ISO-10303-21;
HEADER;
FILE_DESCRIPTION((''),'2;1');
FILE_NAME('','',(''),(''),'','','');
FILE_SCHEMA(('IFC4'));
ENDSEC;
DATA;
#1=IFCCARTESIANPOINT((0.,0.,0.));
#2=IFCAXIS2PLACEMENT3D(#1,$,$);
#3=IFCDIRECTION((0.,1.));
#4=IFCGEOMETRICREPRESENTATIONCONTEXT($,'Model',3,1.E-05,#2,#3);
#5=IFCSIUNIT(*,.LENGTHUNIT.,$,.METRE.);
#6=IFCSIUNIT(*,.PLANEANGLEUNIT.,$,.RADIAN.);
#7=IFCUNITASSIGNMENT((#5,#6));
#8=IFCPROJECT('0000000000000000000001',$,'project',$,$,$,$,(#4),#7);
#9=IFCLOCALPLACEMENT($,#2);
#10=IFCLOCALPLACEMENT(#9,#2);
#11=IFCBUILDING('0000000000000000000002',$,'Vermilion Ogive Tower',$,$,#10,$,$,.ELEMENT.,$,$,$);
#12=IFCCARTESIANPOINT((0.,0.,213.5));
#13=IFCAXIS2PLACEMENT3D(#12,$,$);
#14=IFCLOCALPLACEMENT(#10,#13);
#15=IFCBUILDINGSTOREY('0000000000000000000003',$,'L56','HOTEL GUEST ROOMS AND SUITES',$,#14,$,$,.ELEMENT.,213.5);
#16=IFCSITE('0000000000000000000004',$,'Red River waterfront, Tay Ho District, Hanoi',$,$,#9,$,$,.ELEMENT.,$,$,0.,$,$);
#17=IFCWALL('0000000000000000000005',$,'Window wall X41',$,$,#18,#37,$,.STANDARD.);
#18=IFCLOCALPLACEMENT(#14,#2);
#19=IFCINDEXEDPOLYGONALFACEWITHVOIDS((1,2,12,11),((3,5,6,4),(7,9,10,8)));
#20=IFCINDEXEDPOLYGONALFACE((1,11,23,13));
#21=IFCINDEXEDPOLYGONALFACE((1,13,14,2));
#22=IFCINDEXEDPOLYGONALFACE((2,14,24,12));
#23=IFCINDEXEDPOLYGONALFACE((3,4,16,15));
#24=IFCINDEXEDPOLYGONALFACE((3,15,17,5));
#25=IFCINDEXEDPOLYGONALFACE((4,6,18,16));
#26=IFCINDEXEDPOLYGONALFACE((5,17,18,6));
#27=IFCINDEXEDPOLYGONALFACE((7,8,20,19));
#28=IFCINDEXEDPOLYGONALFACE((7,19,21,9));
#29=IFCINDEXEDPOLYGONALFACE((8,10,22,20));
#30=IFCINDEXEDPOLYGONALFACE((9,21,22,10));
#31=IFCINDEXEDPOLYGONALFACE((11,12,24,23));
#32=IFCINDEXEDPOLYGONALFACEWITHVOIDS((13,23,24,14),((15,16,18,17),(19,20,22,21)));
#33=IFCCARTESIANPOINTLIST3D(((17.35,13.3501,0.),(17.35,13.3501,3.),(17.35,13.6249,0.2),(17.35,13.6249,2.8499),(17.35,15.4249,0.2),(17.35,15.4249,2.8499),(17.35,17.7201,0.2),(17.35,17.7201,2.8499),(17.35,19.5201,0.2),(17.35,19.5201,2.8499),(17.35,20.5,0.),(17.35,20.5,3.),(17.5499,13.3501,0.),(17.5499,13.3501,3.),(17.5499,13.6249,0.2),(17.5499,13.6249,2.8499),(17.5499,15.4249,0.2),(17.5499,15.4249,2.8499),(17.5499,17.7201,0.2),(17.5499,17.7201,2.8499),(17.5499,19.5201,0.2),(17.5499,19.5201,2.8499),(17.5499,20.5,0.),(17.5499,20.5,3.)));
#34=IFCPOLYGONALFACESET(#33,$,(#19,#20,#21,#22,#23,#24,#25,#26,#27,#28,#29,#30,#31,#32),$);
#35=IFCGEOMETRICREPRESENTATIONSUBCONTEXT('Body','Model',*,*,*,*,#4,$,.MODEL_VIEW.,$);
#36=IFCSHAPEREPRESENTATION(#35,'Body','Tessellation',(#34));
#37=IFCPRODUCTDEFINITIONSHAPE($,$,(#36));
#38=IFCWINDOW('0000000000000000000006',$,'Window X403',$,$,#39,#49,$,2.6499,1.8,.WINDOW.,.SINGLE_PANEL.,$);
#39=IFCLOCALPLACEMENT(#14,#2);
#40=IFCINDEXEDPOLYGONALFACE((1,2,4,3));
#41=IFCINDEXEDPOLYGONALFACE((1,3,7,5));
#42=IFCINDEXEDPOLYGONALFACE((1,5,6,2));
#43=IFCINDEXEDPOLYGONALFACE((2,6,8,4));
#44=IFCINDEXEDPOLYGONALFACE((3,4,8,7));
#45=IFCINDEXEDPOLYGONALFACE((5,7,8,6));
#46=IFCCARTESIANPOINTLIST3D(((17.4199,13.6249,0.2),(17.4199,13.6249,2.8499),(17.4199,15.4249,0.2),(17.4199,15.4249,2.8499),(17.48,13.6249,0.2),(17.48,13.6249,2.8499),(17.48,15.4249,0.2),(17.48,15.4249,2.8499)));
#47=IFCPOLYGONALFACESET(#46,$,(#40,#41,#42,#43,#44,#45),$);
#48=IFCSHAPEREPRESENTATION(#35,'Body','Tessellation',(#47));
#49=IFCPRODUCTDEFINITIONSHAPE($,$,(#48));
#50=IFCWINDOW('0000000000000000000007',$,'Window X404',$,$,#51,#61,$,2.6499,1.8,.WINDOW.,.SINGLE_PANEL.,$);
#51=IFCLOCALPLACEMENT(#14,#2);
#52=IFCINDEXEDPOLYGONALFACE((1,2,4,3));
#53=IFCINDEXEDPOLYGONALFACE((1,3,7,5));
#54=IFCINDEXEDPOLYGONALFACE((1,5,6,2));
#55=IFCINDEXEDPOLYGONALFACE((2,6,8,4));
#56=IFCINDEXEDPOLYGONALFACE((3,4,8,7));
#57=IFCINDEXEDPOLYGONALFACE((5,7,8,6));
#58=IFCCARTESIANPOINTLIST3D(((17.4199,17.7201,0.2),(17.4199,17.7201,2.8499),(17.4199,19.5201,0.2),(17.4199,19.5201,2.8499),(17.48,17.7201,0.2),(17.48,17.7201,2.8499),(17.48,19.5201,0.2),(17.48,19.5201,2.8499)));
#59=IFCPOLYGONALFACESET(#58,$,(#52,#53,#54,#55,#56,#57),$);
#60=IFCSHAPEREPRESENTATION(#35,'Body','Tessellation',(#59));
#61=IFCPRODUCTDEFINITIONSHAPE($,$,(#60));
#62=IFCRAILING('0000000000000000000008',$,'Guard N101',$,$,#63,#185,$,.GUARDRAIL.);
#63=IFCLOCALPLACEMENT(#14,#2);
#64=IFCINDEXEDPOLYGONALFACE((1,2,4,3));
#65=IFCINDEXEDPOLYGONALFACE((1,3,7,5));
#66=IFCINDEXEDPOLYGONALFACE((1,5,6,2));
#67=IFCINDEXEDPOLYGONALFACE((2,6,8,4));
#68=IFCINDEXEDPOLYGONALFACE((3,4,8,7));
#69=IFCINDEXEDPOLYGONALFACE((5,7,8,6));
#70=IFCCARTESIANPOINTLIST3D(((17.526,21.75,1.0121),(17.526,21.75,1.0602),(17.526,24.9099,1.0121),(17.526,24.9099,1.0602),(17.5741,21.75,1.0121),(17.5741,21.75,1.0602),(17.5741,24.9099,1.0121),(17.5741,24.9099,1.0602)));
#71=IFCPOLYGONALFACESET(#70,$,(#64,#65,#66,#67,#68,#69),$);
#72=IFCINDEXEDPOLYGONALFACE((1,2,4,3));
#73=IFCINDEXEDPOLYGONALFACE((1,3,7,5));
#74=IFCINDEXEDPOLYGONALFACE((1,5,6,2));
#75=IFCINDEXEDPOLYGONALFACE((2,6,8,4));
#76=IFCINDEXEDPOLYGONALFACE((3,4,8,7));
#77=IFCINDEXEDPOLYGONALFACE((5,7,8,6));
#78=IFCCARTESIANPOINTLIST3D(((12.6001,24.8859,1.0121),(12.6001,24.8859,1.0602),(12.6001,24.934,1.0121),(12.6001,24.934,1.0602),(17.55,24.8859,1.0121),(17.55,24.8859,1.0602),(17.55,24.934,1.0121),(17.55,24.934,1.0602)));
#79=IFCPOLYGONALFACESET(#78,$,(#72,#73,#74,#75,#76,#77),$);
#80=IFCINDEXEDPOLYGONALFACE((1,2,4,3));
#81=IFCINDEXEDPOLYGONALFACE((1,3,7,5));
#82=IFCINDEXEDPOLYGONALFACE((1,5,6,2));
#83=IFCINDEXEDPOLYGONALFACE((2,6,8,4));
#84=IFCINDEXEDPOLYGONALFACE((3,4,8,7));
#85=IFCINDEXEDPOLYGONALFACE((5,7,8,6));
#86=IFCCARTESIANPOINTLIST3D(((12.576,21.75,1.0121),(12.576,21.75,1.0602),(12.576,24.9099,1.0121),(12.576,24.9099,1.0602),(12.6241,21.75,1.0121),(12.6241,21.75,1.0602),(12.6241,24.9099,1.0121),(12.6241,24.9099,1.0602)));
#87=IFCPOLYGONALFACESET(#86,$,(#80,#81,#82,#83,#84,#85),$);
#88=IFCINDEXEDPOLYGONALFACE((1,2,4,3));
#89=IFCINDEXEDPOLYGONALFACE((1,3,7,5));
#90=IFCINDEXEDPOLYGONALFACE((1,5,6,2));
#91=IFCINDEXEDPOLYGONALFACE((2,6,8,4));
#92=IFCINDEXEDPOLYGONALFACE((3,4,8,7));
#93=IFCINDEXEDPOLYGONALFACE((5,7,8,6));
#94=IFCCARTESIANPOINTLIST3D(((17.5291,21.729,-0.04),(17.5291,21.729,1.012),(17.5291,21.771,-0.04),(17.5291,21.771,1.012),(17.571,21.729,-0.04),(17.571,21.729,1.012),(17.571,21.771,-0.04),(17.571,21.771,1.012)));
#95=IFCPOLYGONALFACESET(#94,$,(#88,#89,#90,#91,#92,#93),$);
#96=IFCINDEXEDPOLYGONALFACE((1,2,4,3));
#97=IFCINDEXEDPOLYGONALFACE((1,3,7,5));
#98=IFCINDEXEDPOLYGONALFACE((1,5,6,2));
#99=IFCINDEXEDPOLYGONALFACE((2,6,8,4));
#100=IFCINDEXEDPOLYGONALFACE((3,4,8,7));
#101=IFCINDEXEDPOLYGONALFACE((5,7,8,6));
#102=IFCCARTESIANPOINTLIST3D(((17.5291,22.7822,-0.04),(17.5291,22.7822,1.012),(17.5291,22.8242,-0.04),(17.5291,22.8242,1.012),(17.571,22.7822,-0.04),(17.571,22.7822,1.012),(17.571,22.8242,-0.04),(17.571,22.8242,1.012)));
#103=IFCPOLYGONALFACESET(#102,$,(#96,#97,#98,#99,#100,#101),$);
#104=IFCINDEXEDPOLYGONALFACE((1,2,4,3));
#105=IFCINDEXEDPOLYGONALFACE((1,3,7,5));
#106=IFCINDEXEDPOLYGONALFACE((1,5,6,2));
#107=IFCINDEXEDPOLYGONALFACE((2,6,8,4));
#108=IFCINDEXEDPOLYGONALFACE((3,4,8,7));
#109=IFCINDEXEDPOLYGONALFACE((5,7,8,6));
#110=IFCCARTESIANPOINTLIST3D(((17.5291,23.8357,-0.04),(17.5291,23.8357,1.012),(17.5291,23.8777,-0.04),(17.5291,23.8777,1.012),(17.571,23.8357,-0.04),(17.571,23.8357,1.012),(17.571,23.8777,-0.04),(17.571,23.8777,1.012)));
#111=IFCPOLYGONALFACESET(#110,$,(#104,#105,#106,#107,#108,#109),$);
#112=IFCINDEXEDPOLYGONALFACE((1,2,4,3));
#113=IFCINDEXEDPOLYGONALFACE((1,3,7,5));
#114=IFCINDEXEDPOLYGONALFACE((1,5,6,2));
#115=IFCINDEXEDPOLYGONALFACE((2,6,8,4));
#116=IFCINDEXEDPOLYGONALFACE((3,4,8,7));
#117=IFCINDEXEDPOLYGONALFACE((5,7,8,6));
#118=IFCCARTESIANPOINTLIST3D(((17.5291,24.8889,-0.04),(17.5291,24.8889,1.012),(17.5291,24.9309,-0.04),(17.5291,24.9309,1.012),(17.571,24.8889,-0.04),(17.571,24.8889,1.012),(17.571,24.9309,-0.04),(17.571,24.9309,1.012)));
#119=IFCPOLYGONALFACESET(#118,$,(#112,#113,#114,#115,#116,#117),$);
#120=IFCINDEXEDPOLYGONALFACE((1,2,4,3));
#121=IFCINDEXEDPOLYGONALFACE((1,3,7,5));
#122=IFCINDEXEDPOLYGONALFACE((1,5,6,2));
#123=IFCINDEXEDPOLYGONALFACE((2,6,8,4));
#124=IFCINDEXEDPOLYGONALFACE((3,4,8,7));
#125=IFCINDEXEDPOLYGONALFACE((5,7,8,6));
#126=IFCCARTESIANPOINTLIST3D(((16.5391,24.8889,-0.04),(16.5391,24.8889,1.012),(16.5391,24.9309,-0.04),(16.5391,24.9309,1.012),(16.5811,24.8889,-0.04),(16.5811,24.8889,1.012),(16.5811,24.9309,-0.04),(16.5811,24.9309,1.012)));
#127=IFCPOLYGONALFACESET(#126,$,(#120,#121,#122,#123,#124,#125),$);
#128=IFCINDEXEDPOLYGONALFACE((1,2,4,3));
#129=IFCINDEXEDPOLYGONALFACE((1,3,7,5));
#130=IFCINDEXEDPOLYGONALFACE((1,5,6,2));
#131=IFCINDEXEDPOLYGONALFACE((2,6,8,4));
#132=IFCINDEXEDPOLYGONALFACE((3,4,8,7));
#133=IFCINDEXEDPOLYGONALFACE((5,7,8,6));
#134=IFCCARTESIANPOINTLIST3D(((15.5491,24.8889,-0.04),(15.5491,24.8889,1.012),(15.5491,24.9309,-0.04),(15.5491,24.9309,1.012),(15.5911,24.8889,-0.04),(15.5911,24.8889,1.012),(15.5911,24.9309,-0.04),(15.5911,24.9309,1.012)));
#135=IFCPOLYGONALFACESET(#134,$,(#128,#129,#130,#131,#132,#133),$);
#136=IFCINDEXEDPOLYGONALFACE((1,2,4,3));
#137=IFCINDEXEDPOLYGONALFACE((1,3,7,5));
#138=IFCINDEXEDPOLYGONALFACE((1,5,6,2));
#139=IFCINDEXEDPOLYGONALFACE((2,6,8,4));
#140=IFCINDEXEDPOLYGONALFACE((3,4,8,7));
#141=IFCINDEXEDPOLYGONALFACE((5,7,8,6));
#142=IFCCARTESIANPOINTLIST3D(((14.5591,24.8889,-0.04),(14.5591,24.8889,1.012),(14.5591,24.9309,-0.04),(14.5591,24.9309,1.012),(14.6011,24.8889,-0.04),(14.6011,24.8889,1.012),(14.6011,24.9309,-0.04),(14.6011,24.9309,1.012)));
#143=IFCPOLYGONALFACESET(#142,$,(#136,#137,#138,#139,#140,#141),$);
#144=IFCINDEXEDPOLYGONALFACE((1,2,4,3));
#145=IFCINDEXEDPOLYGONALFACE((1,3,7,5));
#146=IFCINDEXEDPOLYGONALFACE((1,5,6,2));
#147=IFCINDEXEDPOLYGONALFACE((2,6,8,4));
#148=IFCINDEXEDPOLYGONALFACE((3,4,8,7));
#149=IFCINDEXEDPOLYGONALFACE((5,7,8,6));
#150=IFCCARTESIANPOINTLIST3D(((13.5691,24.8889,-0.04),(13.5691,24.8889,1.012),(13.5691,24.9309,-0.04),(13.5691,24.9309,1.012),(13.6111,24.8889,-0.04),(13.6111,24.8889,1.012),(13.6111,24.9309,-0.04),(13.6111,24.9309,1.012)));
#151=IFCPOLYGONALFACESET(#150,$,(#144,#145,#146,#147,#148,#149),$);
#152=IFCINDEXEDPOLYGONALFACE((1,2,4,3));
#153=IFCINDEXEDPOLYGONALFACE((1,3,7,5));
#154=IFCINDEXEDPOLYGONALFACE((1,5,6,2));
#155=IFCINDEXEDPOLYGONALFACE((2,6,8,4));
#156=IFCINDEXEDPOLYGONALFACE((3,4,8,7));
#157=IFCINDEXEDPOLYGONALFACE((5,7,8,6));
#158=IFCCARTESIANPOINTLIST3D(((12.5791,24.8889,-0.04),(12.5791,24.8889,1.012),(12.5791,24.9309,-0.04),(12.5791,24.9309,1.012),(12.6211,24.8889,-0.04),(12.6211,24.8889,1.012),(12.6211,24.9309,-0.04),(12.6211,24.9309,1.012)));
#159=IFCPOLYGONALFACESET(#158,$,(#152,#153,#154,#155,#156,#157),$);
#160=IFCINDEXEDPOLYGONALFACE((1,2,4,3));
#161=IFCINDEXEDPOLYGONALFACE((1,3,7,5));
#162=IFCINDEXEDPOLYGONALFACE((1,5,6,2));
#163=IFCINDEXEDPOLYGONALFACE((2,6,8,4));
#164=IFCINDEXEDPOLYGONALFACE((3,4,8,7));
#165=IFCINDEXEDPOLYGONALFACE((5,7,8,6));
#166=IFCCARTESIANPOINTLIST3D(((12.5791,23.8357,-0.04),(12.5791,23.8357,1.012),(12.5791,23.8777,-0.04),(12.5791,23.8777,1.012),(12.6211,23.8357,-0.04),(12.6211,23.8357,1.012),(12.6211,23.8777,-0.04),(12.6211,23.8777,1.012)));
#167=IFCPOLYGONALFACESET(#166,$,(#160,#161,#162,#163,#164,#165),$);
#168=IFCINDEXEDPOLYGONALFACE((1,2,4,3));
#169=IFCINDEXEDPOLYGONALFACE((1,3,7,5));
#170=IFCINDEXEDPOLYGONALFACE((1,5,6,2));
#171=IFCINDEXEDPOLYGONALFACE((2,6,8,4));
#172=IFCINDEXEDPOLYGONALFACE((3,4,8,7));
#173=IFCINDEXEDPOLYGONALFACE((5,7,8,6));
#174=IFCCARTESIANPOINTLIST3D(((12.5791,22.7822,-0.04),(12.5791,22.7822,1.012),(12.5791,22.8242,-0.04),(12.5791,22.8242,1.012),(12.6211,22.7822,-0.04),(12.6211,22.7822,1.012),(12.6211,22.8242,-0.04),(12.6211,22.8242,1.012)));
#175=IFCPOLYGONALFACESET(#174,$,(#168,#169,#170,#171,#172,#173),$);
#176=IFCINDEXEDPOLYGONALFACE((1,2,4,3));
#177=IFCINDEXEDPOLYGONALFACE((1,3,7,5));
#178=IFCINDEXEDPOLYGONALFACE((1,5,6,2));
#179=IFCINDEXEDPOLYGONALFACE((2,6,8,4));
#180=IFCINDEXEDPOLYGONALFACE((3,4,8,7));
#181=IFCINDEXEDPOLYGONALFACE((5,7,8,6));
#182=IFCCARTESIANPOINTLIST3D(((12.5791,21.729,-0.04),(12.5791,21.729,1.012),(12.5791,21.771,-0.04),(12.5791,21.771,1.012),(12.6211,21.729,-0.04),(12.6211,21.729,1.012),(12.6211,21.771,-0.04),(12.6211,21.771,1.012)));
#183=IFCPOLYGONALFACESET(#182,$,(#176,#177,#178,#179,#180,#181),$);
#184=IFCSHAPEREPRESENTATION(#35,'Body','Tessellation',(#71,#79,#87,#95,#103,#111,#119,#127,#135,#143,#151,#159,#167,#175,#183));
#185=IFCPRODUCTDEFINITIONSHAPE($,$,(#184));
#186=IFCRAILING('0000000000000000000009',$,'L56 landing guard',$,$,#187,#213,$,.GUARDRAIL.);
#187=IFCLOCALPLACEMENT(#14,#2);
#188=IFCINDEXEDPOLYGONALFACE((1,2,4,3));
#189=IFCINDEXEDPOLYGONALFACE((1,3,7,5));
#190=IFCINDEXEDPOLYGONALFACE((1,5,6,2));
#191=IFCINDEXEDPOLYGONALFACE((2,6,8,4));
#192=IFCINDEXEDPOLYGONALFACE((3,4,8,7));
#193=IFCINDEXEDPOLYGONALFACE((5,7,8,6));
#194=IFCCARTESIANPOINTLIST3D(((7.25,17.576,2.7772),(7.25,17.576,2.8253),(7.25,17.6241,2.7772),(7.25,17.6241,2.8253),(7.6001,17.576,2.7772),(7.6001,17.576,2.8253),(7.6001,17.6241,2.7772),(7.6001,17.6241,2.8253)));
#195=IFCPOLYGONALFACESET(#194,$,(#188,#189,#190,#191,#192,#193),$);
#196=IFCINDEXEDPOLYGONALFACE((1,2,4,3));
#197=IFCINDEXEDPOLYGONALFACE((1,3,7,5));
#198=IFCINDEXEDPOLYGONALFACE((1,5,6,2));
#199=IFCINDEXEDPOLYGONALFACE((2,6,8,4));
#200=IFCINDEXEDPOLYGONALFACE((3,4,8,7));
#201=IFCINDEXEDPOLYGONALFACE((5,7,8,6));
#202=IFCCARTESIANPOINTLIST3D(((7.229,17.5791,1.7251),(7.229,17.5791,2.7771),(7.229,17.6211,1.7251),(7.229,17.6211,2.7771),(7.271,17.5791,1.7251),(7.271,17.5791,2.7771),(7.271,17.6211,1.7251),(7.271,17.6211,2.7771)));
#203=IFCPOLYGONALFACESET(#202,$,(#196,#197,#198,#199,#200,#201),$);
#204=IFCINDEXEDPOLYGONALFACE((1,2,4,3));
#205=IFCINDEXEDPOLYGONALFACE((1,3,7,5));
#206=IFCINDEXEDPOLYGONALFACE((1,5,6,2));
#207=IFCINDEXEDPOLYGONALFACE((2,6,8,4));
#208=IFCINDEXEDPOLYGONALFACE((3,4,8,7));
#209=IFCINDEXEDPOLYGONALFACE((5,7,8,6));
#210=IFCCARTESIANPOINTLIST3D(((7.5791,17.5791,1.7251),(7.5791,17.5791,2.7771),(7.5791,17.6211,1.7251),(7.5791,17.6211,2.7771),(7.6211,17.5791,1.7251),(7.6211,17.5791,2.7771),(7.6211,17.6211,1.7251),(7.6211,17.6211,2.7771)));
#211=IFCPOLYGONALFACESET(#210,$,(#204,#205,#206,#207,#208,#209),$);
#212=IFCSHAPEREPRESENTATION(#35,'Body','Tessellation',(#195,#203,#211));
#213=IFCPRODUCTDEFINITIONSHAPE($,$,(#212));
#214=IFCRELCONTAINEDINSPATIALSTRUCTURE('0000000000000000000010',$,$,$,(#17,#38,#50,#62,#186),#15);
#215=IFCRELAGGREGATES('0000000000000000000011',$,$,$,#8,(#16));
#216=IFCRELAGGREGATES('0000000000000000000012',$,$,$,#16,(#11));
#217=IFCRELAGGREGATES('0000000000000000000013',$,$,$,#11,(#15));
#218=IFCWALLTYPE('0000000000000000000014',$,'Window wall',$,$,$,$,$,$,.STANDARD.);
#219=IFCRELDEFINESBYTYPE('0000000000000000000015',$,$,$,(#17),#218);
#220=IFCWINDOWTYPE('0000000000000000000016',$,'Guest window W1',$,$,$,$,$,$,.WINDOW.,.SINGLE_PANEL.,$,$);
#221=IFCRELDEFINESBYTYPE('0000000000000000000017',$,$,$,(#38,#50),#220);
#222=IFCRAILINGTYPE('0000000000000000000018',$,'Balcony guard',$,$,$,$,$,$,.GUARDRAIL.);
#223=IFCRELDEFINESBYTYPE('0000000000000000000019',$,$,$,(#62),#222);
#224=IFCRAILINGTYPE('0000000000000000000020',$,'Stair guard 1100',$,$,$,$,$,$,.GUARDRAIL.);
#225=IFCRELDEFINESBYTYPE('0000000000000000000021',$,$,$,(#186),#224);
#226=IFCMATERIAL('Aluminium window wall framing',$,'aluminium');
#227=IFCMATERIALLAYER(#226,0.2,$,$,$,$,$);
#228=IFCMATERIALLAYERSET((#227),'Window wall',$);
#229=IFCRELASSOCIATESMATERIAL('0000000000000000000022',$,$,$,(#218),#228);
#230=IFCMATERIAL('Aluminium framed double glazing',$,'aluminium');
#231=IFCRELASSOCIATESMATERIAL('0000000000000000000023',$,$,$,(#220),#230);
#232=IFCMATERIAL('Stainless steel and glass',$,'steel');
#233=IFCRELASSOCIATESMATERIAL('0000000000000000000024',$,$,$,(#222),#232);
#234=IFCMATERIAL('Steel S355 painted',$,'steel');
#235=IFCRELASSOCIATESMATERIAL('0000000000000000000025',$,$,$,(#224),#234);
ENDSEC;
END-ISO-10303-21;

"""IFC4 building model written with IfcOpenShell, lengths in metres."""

from ifc_helpers import new_model, si_unit, direction, frame, frame_2d, origin, origin_2d, place, context, subcontext, project, spatial, rectangle, extrude, material, layer, layer_set, type_object, element, fill, save


model = new_model("IFC4")

# Units and contexts
model_context = context("Model", 3, precision=1e-05, world=origin(), true_north=direction((0.0, 1.0)))
body_context = subcontext(model_context, "Body", "Model", "MODEL_VIEW")
ifc_project = project(units=[si_unit("LENGTHUNIT", "METRE"), si_unit("PLANEANGLEUNIT", "RADIAN")], contexts=[model_context])

# Site, building, storey
site_placement = place(None, origin())
site = spatial("IfcSite", under=ifc_project, at=site_placement, Name="Red River waterfront, Tay Ho District, Hanoi", CompositionType="ELEMENT", RefElevation=0.0)
building_placement = place(site_placement, origin())
building = spatial("IfcBuilding", under=site, at=building_placement, Name="Vermilion Ogive Tower", CompositionType="ELEMENT")
storey_placement = place(building_placement, frame((0.0, 0.0, 213.5)))
storey = spatial("IfcBuildingStorey", under=building, at=storey_placement, Name="L56", Description="HOTEL GUEST ROOMS AND SUITES", CompositionType="ELEMENT", Elevation=213.5)

# Shared definitions
ifc_material_1 = material(Name="Aluminium window wall framing", Category="aluminium")
ifc_layer_1 = layer(ifc_material_1, 0.2)
ifc_layer_set_1 = layer_set([ifc_layer_1], Name="Window wall")
wall_type_1 = type_object("IfcWallType", Name="Window wall", PredefinedType="STANDARD", material=ifc_layer_set_1)

# Wall, openings, windows
wall_1_placement = place(storey_placement, frame((17.45, 13.3501, 0.0), z_axis=(0.0, 0.0, 1.0), x_axis=(0.0, 1.0, 0.0)))
wall_1 = element("IfcWall", 1, at=wall_1_placement, inside=storey, type_object=wall_type_1, Name="Window wall X41", PredefinedType="STANDARD", context=body_context, shape_type="SweptSolid", body=[
    extrude(rectangle(XDim=7.1499, YDim=0.2, at=frame_2d((3.575, 0.0))), origin(), (0.0, 0.0, 1.0), 3.0),
])
opening_1_placement = place(wall_1_placement, frame((0.2749, 0.0, 0.2)))
opening_1 = element("IfcOpeningElement", 2, at=opening_1_placement, cuts=wall_1, PredefinedType="OPENING", context=body_context, shape_type="SweptSolid", body=[
    extrude(rectangle(XDim=1.8, YDim=2.6499, at=frame_2d((0.8999, 1.325))), frame((0.0, 0.1099, 0.0), z_axis=(0.0, -1.0, 0.0), x_axis=(1.0, 0.0, 0.0)), (0.0, 0.0, 1.0), 0.22),
])
opening_2_placement = place(wall_1_placement, frame((4.3701, 0.0, 0.2)))
opening_2 = element("IfcOpeningElement", 3, at=opening_2_placement, cuts=wall_1, PredefinedType="OPENING", context=body_context, shape_type="SweptSolid", body=[
    extrude(rectangle(XDim=1.8, YDim=2.6499, at=frame_2d((0.8999, 1.325))), frame((0.0, 0.1099, 0.0), z_axis=(0.0, -1.0, 0.0), x_axis=(1.0, 0.0, 0.0)), (0.0, 0.0, 1.0), 0.22),
])
ifc_material_2 = material(Name="Aluminium framed double glazing", Category="aluminium")
window_type = type_object("IfcWindowType", Name="Guest window W1", PartitioningType="SINGLE_PANEL", PredefinedType="WINDOW", material=ifc_material_2)
window_1_placement = place(opening_1_placement, origin())
window_1 = element("IfcWindow", 4, at=window_1_placement, inside=storey, type_object=window_type, Name="Window X403", OverallHeight=2.6499, OverallWidth=1.8, PartitioningType="SINGLE_PANEL", PredefinedType="WINDOW", context=body_context, shape_type="SweptSolid", body=[
    extrude(rectangle(XDim=1.8, YDim=2.6499, at=frame_2d((0.8999, 1.325))), frame((0.0, 0.03, 0.0), z_axis=(0.0, -1.0, 0.0), x_axis=(1.0, 0.0, 0.0)), (0.0, 0.0, 1.0), 0.0601),
])
fill(opening_1, window_1)
window_2_placement = place(opening_2_placement, origin())
window_2 = element("IfcWindow", 5, at=window_2_placement, inside=storey, type_object=window_type, Name="Window X404", OverallHeight=2.6499, OverallWidth=1.8, PartitioningType="SINGLE_PANEL", PredefinedType="WINDOW", context=body_context, shape_type="SweptSolid", body=[
    extrude(rectangle(XDim=1.8, YDim=2.6499, at=frame_2d((0.8999, 1.325))), frame((0.0, 0.03, 0.0), z_axis=(0.0, -1.0, 0.0), x_axis=(1.0, 0.0, 0.0)), (0.0, 0.0, 1.0), 0.0601),
])
fill(opening_2, window_2)

# Railings
ifc_material_3 = material(Name="Stainless steel and glass", Category="steel")
railing_type_1 = type_object("IfcRailingType", Name="Balcony guard", PredefinedType="GUARDRAIL", material=ifc_material_3)
railing_1_placement = place(storey_placement, frame((17.55, 21.75, -0.04)))
element("IfcRailing", 6, at=railing_1_placement, inside=storey, type_object=railing_type_1, Name="Guard N101", PredefinedType="GUARDRAIL", context=body_context, shape_type="SweptSolid", body=[
    extrude(rectangle(XDim=0.0481, YDim=0.0481, at=origin_2d()), frame((0.0, 0.0, 1.0762), z_axis=(0.0, 1.0, 0.0), x_axis=(-1.0, 0.0, 0.0)), (0.0, 0.0, 1.0), 3.1599),
    extrude(rectangle(XDim=0.0481, YDim=0.0481, at=origin_2d()), frame((0.0, 3.1599, 1.0762), z_axis=(-1.0, 0.0, 0.0), x_axis=(0.0, -1.0, 0.0)), (0.0, 0.0, 1.0), 4.95),
    extrude(rectangle(XDim=0.0481, YDim=0.0481, at=origin_2d()), frame((-4.95, 3.1599, 1.0762), z_axis=(0.0, -1.0, 0.0), x_axis=(1.0, 0.0, 0.0)), (0.0, 0.0, 1.0), 3.1599),
    extrude(rectangle(XDim=0.042, YDim=0.042, at=origin_2d()), origin(), (0.0, 0.0, 1.0), 1.052),
    extrude(rectangle(XDim=0.042, YDim=0.042, at=origin_2d()), frame((0.0, 1.0532, 0.0)), (0.0, 0.0, 1.0), 1.052),
    extrude(rectangle(XDim=0.042, YDim=0.042, at=origin_2d()), frame((0.0, 2.1067, 0.0)), (0.0, 0.0, 1.0), 1.052),
    extrude(rectangle(XDim=0.042, YDim=0.042, at=origin_2d()), frame((0.0, 3.1599, 0.0)), (0.0, 0.0, 1.0), 1.052),
    extrude(rectangle(XDim=0.042, YDim=0.042, at=origin_2d()), frame((-0.99, 3.1599, 0.0)), (0.0, 0.0, 1.0), 1.052),
    extrude(rectangle(XDim=0.042, YDim=0.042, at=origin_2d()), frame((-1.98, 3.1599, 0.0)), (0.0, 0.0, 1.0), 1.052),
    extrude(rectangle(XDim=0.042, YDim=0.042, at=origin_2d()), frame((-2.97, 3.1599, 0.0)), (0.0, 0.0, 1.0), 1.052),
    extrude(rectangle(XDim=0.042, YDim=0.042, at=origin_2d()), frame((-3.96, 3.1599, 0.0)), (0.0, 0.0, 1.0), 1.052),
    extrude(rectangle(XDim=0.042, YDim=0.042, at=origin_2d()), frame((-4.95, 3.1599, 0.0)), (0.0, 0.0, 1.0), 1.052),
    extrude(rectangle(XDim=0.042, YDim=0.042, at=origin_2d()), frame((-4.95, 2.1067, 0.0)), (0.0, 0.0, 1.0), 1.052),
    extrude(rectangle(XDim=0.042, YDim=0.042, at=origin_2d()), frame((-4.95, 1.0532, 0.0)), (0.0, 0.0, 1.0), 1.052),
    extrude(rectangle(XDim=0.042, YDim=0.042, at=origin_2d()), frame((-4.95, 0.0, 0.0)), (0.0, 0.0, 1.0), 1.052),
])
ifc_material_4 = material(Name="Steel S355 painted", Category="steel")
railing_type_2 = type_object("IfcRailingType", Name="Stair guard 1100", PredefinedType="GUARDRAIL", material=ifc_material_4)
railing_2_placement = place(storey_placement, frame((7.25, 17.6001, 1.7251)))
element("IfcRailing", 7, at=railing_2_placement, inside=storey, type_object=railing_type_2, Name="L56 landing guard", PredefinedType="GUARDRAIL", context=body_context, shape_type="SweptSolid", body=[
    extrude(rectangle(XDim=0.0481, YDim=0.0481, at=origin_2d()), frame((0.0, 0.0, 1.0762), z_axis=(1.0, 0.0, 0.0), x_axis=(0.0, 1.0, 0.0)), (0.0, 0.0, 1.0), 0.3501),
    extrude(rectangle(XDim=0.042, YDim=0.042, at=origin_2d()), origin(), (0.0, 0.0, 1.0), 1.052),
    extrude(rectangle(XDim=0.042, YDim=0.042, at=origin_2d()), frame((0.3501, 0.0, 0.0)), (0.0, 0.0, 1.0), 1.052),
])

save(model, "model.ifc")
